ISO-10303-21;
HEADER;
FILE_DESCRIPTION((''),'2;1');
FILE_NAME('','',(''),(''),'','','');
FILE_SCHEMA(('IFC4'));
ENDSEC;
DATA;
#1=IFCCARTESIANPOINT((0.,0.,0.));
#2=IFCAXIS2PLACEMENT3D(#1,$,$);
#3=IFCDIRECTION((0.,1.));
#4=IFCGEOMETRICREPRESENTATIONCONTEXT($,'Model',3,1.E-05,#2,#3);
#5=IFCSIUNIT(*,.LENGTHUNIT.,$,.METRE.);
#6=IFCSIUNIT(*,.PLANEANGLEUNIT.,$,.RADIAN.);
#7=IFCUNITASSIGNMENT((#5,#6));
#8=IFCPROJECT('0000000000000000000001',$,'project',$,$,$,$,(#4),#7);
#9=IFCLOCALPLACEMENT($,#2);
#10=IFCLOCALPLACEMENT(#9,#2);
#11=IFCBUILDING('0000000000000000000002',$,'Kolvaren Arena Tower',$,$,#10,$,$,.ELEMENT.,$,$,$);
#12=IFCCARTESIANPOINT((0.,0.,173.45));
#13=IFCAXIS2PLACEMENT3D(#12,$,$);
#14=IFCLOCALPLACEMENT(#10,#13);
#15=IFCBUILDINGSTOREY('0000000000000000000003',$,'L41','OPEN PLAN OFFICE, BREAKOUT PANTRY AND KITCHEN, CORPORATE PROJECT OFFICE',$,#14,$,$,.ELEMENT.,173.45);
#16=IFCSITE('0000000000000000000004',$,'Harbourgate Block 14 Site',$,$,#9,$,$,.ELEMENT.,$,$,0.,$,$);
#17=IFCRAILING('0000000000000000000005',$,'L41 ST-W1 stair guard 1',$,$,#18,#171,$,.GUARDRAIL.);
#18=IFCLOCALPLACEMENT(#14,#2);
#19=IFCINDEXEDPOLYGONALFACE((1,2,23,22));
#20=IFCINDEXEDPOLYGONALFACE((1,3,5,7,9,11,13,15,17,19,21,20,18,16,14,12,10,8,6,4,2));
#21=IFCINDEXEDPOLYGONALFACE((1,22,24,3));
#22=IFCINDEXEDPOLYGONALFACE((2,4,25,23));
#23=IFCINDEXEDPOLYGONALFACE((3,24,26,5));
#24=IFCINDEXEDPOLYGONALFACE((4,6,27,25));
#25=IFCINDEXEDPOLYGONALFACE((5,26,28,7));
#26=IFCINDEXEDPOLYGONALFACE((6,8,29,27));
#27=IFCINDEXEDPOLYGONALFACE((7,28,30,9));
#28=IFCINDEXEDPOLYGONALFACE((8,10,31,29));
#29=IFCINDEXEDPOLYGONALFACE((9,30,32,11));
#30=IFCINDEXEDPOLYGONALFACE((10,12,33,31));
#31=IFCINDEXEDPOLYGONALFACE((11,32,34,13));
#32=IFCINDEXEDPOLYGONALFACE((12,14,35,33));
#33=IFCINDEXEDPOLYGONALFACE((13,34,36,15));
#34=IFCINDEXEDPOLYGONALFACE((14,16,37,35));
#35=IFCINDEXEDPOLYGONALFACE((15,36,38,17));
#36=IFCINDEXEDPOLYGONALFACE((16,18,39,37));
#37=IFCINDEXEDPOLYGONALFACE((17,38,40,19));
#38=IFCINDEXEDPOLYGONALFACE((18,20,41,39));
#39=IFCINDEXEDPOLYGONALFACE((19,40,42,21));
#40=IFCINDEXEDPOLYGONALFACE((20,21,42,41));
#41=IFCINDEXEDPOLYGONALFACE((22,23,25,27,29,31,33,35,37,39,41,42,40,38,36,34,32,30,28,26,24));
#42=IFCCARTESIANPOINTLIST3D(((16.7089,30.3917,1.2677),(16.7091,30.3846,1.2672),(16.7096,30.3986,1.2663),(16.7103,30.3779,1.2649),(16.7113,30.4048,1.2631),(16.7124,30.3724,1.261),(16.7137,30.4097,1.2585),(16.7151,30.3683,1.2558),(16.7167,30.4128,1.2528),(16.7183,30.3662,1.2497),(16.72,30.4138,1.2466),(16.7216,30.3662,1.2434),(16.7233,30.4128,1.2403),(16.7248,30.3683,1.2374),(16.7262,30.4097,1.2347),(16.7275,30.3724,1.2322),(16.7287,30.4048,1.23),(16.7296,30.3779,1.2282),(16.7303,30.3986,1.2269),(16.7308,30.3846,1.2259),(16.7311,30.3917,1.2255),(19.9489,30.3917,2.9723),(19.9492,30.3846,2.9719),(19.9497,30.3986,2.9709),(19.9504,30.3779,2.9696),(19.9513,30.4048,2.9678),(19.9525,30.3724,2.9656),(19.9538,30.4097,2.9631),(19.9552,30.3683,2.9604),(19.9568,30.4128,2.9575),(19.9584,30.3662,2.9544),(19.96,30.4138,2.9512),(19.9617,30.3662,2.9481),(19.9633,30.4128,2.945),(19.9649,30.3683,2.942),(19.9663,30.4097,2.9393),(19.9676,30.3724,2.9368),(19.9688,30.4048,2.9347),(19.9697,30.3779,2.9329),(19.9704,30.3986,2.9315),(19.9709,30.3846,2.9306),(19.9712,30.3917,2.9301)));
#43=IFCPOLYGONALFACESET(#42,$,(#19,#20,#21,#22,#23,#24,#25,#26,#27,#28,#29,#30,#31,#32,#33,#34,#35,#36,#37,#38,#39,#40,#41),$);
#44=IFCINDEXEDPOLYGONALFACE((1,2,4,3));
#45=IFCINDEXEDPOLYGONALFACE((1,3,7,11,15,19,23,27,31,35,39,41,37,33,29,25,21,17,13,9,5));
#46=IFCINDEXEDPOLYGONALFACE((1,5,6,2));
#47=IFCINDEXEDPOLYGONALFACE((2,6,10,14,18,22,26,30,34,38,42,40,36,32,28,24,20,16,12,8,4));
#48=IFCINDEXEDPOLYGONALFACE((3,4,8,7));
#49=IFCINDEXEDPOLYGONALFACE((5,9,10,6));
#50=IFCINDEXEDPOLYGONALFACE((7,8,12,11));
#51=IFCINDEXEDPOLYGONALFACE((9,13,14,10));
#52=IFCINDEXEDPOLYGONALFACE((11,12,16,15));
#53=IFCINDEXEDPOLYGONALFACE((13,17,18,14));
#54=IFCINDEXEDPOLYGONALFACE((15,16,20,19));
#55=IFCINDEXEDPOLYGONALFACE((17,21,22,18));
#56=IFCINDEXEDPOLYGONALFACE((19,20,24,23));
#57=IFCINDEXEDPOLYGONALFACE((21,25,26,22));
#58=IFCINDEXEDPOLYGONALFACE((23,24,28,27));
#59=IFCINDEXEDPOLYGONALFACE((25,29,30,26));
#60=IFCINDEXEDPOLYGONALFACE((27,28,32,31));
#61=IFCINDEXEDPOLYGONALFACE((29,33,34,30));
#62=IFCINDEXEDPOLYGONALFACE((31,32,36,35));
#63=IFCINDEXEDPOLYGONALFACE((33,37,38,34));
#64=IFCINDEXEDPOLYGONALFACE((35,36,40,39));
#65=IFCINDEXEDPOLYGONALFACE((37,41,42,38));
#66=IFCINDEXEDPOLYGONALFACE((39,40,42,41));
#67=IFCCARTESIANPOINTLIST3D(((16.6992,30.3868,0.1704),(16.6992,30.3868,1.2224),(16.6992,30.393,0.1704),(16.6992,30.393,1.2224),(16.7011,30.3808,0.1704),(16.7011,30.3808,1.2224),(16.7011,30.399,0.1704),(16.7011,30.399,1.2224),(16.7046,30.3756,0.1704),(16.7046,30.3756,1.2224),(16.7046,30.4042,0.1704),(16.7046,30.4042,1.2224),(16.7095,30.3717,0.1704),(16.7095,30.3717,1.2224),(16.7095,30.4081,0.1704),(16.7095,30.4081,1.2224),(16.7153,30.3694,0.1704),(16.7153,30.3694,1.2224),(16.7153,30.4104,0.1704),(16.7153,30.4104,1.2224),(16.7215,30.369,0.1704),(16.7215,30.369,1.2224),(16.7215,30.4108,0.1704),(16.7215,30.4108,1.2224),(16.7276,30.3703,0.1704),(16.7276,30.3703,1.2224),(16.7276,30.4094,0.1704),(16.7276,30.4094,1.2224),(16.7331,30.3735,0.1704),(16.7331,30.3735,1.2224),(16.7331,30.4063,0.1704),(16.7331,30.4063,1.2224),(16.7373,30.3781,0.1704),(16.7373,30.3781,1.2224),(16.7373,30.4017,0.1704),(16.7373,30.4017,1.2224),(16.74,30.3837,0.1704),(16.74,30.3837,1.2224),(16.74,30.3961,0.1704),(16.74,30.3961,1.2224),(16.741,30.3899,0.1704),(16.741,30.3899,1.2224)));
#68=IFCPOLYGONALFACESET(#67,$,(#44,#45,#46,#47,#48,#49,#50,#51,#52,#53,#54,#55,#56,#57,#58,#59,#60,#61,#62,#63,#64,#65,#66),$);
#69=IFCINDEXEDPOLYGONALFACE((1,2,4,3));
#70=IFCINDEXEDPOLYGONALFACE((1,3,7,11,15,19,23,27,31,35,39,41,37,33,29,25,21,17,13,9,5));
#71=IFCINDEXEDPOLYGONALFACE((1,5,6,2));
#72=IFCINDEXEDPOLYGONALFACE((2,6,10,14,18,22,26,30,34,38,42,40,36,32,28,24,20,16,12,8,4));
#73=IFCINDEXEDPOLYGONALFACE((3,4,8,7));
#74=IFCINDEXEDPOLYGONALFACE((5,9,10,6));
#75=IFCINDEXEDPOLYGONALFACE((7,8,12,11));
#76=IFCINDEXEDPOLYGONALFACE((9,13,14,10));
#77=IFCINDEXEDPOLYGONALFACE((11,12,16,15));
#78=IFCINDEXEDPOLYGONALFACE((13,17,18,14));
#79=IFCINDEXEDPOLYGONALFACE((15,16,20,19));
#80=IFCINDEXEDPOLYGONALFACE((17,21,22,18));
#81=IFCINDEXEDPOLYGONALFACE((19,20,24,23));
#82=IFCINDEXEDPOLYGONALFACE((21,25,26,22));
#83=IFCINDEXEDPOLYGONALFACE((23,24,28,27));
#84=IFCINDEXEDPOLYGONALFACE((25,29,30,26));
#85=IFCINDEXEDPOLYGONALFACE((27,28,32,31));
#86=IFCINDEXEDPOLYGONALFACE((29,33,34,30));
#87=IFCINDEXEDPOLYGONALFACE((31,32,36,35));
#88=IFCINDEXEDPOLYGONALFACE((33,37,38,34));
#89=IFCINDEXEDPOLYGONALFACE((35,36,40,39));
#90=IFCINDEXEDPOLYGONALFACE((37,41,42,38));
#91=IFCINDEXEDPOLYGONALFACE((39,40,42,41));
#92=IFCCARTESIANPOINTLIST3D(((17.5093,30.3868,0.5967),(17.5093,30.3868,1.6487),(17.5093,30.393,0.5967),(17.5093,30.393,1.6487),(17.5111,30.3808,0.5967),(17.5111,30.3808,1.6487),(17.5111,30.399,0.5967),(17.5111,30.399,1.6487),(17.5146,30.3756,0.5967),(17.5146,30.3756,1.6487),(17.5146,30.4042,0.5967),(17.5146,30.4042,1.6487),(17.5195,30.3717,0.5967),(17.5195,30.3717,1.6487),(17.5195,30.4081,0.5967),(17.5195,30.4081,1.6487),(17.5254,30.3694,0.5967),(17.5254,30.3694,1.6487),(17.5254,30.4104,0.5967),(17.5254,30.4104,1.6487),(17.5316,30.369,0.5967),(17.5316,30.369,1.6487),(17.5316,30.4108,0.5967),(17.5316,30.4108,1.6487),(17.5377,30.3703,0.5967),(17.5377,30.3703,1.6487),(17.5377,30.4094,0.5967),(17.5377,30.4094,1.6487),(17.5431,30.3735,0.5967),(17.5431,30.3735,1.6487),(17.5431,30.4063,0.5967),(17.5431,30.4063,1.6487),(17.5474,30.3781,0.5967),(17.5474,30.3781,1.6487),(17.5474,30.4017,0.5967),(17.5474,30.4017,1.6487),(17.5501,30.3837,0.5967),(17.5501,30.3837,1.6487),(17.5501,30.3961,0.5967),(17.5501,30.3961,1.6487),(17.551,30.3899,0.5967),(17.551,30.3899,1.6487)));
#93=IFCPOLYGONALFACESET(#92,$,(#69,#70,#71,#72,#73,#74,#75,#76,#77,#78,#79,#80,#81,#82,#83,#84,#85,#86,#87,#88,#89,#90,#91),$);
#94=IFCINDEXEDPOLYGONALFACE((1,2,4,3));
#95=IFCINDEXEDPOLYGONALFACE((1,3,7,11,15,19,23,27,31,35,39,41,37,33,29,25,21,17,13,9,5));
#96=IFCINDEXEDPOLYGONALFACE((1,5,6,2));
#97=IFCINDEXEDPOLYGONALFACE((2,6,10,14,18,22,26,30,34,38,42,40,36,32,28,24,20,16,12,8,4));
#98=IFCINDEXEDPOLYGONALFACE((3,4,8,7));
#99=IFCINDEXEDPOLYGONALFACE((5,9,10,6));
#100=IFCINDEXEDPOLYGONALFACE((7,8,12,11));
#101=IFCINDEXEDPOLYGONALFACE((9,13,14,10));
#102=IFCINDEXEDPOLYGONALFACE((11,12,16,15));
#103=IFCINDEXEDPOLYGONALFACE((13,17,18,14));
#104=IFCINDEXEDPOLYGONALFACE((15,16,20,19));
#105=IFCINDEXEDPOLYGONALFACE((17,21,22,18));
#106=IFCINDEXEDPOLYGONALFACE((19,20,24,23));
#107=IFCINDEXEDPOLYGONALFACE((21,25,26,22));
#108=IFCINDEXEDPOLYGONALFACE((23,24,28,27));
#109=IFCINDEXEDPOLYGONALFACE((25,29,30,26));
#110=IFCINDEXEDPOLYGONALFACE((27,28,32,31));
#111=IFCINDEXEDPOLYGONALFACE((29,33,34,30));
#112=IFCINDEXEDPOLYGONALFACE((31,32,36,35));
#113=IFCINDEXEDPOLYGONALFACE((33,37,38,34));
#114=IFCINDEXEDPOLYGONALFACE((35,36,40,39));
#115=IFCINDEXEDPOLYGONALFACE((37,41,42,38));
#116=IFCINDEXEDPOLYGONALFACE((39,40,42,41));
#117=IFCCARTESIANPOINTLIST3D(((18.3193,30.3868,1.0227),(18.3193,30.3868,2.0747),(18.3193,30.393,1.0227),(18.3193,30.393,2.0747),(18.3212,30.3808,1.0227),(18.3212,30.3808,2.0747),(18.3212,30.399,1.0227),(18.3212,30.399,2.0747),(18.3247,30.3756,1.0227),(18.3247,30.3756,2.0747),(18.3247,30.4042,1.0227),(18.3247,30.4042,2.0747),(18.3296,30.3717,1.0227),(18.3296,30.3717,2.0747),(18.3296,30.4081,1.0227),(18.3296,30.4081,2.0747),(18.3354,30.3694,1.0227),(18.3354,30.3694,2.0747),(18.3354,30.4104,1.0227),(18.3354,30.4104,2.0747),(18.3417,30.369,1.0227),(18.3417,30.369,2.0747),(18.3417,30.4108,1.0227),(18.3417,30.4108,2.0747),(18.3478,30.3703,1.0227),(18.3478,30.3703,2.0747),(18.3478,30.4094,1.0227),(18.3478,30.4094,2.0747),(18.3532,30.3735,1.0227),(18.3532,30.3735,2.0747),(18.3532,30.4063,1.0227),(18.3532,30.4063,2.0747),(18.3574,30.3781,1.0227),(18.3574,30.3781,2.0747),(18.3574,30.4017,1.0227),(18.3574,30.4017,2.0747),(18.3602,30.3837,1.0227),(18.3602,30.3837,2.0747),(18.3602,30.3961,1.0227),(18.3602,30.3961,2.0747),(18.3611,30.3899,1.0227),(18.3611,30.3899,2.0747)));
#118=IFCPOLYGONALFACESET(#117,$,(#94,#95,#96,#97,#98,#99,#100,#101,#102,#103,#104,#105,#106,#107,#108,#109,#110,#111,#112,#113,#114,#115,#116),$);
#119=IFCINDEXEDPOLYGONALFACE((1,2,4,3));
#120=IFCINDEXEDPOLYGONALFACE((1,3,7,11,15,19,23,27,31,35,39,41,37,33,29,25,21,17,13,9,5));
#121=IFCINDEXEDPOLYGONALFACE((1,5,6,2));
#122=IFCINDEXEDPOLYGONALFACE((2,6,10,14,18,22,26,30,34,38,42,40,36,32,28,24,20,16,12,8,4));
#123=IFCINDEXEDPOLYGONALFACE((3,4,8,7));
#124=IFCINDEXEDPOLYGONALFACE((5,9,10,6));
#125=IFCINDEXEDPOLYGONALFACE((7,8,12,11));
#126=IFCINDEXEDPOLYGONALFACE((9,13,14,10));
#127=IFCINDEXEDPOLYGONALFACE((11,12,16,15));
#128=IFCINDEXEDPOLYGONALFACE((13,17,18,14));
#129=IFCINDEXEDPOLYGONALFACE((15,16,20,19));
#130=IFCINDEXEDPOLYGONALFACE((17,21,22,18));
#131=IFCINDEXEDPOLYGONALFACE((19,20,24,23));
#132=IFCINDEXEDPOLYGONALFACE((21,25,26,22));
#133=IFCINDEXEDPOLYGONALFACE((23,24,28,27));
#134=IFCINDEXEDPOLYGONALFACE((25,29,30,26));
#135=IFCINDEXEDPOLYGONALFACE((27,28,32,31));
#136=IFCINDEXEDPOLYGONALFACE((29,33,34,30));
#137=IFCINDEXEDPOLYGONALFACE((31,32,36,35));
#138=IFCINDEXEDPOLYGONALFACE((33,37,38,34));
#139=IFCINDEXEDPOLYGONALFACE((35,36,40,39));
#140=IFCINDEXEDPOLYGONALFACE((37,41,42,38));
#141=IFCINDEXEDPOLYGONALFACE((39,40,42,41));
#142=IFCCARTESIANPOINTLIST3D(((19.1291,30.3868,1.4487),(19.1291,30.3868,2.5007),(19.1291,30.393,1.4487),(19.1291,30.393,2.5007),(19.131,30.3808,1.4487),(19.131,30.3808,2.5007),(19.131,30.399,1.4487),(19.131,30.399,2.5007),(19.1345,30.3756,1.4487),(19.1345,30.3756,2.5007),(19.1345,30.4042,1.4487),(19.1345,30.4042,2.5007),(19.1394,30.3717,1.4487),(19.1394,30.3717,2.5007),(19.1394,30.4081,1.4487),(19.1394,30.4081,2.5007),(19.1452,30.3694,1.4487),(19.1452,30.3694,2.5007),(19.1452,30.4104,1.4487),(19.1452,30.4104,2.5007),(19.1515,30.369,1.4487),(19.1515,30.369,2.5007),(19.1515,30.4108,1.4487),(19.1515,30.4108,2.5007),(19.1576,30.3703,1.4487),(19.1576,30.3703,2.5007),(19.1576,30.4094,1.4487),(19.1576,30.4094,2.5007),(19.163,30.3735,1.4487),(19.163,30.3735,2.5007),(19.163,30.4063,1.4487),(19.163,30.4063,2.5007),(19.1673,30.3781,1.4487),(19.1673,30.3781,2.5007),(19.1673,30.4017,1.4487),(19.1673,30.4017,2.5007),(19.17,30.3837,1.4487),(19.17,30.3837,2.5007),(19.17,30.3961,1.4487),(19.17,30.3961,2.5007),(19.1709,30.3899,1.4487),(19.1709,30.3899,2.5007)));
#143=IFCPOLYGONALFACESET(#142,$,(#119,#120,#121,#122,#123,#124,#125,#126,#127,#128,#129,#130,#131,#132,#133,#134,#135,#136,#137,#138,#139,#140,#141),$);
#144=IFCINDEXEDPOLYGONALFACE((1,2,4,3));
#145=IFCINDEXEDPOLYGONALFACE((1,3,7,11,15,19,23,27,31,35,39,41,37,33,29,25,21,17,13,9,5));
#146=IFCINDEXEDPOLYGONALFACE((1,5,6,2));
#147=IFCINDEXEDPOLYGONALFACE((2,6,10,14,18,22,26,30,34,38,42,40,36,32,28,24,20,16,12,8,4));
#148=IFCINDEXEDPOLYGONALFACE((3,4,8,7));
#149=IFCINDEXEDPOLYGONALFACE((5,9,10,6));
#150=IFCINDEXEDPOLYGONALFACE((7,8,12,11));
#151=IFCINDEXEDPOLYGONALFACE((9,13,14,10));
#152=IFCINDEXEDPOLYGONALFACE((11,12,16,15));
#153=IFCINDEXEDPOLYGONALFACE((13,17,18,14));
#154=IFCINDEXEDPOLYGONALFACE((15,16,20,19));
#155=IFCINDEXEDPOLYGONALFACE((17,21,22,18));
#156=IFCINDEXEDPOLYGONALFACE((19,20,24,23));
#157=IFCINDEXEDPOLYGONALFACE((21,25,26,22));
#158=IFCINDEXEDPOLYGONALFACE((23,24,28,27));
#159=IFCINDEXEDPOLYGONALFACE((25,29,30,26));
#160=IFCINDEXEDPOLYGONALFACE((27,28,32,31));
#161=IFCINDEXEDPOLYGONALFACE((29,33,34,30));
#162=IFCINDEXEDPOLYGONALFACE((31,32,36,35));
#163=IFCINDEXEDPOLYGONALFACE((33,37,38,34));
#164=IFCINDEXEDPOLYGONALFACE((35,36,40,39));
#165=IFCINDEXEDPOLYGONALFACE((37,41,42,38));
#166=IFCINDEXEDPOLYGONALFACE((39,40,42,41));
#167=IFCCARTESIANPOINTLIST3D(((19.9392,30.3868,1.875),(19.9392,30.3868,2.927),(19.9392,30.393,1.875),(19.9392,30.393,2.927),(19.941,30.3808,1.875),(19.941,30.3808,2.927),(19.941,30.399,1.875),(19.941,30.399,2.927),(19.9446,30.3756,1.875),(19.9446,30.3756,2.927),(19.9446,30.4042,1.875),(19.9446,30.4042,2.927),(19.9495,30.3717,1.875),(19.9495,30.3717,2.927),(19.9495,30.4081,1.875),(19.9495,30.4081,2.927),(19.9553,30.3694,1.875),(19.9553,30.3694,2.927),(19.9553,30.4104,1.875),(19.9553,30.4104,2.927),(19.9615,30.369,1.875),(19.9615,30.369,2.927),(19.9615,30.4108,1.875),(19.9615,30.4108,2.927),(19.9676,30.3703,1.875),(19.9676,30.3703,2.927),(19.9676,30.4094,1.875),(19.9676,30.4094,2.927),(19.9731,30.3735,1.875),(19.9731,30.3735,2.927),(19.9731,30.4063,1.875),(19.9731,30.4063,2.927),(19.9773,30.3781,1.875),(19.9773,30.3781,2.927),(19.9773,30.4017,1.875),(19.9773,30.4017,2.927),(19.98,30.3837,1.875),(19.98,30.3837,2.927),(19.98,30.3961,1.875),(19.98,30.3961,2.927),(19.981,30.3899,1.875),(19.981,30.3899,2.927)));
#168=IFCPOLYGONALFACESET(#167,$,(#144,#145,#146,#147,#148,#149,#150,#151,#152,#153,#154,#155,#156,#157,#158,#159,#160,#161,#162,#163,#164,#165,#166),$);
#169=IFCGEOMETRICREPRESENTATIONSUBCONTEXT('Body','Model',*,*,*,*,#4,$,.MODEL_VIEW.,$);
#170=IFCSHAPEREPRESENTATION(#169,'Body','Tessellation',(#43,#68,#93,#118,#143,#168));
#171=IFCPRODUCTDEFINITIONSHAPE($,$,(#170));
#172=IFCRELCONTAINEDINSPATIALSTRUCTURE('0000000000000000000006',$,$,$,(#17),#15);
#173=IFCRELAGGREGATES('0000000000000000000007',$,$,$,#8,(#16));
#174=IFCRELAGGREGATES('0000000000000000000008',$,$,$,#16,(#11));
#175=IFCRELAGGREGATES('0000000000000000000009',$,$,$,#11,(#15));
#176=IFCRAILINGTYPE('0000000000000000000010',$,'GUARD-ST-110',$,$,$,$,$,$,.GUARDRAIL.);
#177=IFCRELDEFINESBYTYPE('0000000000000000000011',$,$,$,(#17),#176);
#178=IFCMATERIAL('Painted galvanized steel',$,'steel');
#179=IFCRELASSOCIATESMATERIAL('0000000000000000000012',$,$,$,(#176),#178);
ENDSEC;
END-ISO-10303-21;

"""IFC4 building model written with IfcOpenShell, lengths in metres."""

from ifc_helpers import new_model, si_unit, direction, frame, origin, origin_2d, place, context, subcontext, project, spatial, circle, extrude, material, type_object, element, save


model = new_model("IFC4")

# Units and contexts
model_context = context("Model", 3, precision=1e-05, world=origin(), true_north=direction((0.0, 1.0)))
body_context = subcontext(model_context, "Body", "Model", "MODEL_VIEW")
ifc_project = project(units=[si_unit("LENGTHUNIT", "METRE"), si_unit("PLANEANGLEUNIT", "RADIAN")], contexts=[model_context])

# Site, building, storey
site_placement = place(None, origin())
site = spatial("IfcSite", under=ifc_project, at=site_placement, Name="Harbourgate Block 14 Site", CompositionType="ELEMENT", RefElevation=0.0)
building_placement = place(site_placement, origin())
building = spatial("IfcBuilding", under=site, at=building_placement, Name="Kolvaren Arena Tower", CompositionType="ELEMENT")
storey_placement = place(building_placement, frame((0.0, 0.0, 173.45)))
storey = spatial("IfcBuildingStorey", under=building, at=storey_placement, Name="L41", Description="OPEN PLAN OFFICE, BREAKOUT PANTRY AND KITCHEN, CORPORATE PROJECT OFFICE", CompositionType="ELEMENT", Elevation=173.45)

# Railing
ifc_material_1 = material(Name="Painted galvanized steel", Category="steel")
railing_type_1 = type_object("IfcRailingType", Name="GUARD-ST-110", PredefinedType="GUARDRAIL", material=ifc_material_1)
railing_1_placement = place(storey_placement, frame((16.72, 30.3899, 0.1704)))
element("IfcRailing", 1, at=railing_1_placement, inside=storey, type_object=railing_type_1, Name="L41 ST-W1 stair guard 1", PredefinedType="GUARDRAIL", context=body_context, shape_type="SweptSolid", body=[
    extrude(circle(Radius=0.0239, at=origin_2d()), frame((0.0, 0.0, 1.0762), z_axis=(0.884993, 0.0, 0.465604), x_axis=(0.0, 1.0, 0.0)), (0.0, 0.0, 1.0), 3.6611),
    extrude(circle(Radius=0.021, at=origin_2d()), origin(), (0.0, 0.0, 1.0), 1.052),
    extrude(circle(Radius=0.021, at=origin_2d()), frame((0.8101, 0.0, 0.4263)), (0.0, 0.0, 1.0), 1.052),
    extrude(circle(Radius=0.021, at=origin_2d()), frame((1.6201, 0.0, 0.8523)), (0.0, 0.0, 1.0), 1.052),
    extrude(circle(Radius=0.021, at=origin_2d()), frame((2.4299, 0.0, 1.2783)), (0.0, 0.0, 1.0), 1.052),
    extrude(circle(Radius=0.021, at=origin_2d()), frame((3.24, 0.0, 1.7046)), (0.0, 0.0, 1.0), 1.052),
])

save(model, "model.ifc")
